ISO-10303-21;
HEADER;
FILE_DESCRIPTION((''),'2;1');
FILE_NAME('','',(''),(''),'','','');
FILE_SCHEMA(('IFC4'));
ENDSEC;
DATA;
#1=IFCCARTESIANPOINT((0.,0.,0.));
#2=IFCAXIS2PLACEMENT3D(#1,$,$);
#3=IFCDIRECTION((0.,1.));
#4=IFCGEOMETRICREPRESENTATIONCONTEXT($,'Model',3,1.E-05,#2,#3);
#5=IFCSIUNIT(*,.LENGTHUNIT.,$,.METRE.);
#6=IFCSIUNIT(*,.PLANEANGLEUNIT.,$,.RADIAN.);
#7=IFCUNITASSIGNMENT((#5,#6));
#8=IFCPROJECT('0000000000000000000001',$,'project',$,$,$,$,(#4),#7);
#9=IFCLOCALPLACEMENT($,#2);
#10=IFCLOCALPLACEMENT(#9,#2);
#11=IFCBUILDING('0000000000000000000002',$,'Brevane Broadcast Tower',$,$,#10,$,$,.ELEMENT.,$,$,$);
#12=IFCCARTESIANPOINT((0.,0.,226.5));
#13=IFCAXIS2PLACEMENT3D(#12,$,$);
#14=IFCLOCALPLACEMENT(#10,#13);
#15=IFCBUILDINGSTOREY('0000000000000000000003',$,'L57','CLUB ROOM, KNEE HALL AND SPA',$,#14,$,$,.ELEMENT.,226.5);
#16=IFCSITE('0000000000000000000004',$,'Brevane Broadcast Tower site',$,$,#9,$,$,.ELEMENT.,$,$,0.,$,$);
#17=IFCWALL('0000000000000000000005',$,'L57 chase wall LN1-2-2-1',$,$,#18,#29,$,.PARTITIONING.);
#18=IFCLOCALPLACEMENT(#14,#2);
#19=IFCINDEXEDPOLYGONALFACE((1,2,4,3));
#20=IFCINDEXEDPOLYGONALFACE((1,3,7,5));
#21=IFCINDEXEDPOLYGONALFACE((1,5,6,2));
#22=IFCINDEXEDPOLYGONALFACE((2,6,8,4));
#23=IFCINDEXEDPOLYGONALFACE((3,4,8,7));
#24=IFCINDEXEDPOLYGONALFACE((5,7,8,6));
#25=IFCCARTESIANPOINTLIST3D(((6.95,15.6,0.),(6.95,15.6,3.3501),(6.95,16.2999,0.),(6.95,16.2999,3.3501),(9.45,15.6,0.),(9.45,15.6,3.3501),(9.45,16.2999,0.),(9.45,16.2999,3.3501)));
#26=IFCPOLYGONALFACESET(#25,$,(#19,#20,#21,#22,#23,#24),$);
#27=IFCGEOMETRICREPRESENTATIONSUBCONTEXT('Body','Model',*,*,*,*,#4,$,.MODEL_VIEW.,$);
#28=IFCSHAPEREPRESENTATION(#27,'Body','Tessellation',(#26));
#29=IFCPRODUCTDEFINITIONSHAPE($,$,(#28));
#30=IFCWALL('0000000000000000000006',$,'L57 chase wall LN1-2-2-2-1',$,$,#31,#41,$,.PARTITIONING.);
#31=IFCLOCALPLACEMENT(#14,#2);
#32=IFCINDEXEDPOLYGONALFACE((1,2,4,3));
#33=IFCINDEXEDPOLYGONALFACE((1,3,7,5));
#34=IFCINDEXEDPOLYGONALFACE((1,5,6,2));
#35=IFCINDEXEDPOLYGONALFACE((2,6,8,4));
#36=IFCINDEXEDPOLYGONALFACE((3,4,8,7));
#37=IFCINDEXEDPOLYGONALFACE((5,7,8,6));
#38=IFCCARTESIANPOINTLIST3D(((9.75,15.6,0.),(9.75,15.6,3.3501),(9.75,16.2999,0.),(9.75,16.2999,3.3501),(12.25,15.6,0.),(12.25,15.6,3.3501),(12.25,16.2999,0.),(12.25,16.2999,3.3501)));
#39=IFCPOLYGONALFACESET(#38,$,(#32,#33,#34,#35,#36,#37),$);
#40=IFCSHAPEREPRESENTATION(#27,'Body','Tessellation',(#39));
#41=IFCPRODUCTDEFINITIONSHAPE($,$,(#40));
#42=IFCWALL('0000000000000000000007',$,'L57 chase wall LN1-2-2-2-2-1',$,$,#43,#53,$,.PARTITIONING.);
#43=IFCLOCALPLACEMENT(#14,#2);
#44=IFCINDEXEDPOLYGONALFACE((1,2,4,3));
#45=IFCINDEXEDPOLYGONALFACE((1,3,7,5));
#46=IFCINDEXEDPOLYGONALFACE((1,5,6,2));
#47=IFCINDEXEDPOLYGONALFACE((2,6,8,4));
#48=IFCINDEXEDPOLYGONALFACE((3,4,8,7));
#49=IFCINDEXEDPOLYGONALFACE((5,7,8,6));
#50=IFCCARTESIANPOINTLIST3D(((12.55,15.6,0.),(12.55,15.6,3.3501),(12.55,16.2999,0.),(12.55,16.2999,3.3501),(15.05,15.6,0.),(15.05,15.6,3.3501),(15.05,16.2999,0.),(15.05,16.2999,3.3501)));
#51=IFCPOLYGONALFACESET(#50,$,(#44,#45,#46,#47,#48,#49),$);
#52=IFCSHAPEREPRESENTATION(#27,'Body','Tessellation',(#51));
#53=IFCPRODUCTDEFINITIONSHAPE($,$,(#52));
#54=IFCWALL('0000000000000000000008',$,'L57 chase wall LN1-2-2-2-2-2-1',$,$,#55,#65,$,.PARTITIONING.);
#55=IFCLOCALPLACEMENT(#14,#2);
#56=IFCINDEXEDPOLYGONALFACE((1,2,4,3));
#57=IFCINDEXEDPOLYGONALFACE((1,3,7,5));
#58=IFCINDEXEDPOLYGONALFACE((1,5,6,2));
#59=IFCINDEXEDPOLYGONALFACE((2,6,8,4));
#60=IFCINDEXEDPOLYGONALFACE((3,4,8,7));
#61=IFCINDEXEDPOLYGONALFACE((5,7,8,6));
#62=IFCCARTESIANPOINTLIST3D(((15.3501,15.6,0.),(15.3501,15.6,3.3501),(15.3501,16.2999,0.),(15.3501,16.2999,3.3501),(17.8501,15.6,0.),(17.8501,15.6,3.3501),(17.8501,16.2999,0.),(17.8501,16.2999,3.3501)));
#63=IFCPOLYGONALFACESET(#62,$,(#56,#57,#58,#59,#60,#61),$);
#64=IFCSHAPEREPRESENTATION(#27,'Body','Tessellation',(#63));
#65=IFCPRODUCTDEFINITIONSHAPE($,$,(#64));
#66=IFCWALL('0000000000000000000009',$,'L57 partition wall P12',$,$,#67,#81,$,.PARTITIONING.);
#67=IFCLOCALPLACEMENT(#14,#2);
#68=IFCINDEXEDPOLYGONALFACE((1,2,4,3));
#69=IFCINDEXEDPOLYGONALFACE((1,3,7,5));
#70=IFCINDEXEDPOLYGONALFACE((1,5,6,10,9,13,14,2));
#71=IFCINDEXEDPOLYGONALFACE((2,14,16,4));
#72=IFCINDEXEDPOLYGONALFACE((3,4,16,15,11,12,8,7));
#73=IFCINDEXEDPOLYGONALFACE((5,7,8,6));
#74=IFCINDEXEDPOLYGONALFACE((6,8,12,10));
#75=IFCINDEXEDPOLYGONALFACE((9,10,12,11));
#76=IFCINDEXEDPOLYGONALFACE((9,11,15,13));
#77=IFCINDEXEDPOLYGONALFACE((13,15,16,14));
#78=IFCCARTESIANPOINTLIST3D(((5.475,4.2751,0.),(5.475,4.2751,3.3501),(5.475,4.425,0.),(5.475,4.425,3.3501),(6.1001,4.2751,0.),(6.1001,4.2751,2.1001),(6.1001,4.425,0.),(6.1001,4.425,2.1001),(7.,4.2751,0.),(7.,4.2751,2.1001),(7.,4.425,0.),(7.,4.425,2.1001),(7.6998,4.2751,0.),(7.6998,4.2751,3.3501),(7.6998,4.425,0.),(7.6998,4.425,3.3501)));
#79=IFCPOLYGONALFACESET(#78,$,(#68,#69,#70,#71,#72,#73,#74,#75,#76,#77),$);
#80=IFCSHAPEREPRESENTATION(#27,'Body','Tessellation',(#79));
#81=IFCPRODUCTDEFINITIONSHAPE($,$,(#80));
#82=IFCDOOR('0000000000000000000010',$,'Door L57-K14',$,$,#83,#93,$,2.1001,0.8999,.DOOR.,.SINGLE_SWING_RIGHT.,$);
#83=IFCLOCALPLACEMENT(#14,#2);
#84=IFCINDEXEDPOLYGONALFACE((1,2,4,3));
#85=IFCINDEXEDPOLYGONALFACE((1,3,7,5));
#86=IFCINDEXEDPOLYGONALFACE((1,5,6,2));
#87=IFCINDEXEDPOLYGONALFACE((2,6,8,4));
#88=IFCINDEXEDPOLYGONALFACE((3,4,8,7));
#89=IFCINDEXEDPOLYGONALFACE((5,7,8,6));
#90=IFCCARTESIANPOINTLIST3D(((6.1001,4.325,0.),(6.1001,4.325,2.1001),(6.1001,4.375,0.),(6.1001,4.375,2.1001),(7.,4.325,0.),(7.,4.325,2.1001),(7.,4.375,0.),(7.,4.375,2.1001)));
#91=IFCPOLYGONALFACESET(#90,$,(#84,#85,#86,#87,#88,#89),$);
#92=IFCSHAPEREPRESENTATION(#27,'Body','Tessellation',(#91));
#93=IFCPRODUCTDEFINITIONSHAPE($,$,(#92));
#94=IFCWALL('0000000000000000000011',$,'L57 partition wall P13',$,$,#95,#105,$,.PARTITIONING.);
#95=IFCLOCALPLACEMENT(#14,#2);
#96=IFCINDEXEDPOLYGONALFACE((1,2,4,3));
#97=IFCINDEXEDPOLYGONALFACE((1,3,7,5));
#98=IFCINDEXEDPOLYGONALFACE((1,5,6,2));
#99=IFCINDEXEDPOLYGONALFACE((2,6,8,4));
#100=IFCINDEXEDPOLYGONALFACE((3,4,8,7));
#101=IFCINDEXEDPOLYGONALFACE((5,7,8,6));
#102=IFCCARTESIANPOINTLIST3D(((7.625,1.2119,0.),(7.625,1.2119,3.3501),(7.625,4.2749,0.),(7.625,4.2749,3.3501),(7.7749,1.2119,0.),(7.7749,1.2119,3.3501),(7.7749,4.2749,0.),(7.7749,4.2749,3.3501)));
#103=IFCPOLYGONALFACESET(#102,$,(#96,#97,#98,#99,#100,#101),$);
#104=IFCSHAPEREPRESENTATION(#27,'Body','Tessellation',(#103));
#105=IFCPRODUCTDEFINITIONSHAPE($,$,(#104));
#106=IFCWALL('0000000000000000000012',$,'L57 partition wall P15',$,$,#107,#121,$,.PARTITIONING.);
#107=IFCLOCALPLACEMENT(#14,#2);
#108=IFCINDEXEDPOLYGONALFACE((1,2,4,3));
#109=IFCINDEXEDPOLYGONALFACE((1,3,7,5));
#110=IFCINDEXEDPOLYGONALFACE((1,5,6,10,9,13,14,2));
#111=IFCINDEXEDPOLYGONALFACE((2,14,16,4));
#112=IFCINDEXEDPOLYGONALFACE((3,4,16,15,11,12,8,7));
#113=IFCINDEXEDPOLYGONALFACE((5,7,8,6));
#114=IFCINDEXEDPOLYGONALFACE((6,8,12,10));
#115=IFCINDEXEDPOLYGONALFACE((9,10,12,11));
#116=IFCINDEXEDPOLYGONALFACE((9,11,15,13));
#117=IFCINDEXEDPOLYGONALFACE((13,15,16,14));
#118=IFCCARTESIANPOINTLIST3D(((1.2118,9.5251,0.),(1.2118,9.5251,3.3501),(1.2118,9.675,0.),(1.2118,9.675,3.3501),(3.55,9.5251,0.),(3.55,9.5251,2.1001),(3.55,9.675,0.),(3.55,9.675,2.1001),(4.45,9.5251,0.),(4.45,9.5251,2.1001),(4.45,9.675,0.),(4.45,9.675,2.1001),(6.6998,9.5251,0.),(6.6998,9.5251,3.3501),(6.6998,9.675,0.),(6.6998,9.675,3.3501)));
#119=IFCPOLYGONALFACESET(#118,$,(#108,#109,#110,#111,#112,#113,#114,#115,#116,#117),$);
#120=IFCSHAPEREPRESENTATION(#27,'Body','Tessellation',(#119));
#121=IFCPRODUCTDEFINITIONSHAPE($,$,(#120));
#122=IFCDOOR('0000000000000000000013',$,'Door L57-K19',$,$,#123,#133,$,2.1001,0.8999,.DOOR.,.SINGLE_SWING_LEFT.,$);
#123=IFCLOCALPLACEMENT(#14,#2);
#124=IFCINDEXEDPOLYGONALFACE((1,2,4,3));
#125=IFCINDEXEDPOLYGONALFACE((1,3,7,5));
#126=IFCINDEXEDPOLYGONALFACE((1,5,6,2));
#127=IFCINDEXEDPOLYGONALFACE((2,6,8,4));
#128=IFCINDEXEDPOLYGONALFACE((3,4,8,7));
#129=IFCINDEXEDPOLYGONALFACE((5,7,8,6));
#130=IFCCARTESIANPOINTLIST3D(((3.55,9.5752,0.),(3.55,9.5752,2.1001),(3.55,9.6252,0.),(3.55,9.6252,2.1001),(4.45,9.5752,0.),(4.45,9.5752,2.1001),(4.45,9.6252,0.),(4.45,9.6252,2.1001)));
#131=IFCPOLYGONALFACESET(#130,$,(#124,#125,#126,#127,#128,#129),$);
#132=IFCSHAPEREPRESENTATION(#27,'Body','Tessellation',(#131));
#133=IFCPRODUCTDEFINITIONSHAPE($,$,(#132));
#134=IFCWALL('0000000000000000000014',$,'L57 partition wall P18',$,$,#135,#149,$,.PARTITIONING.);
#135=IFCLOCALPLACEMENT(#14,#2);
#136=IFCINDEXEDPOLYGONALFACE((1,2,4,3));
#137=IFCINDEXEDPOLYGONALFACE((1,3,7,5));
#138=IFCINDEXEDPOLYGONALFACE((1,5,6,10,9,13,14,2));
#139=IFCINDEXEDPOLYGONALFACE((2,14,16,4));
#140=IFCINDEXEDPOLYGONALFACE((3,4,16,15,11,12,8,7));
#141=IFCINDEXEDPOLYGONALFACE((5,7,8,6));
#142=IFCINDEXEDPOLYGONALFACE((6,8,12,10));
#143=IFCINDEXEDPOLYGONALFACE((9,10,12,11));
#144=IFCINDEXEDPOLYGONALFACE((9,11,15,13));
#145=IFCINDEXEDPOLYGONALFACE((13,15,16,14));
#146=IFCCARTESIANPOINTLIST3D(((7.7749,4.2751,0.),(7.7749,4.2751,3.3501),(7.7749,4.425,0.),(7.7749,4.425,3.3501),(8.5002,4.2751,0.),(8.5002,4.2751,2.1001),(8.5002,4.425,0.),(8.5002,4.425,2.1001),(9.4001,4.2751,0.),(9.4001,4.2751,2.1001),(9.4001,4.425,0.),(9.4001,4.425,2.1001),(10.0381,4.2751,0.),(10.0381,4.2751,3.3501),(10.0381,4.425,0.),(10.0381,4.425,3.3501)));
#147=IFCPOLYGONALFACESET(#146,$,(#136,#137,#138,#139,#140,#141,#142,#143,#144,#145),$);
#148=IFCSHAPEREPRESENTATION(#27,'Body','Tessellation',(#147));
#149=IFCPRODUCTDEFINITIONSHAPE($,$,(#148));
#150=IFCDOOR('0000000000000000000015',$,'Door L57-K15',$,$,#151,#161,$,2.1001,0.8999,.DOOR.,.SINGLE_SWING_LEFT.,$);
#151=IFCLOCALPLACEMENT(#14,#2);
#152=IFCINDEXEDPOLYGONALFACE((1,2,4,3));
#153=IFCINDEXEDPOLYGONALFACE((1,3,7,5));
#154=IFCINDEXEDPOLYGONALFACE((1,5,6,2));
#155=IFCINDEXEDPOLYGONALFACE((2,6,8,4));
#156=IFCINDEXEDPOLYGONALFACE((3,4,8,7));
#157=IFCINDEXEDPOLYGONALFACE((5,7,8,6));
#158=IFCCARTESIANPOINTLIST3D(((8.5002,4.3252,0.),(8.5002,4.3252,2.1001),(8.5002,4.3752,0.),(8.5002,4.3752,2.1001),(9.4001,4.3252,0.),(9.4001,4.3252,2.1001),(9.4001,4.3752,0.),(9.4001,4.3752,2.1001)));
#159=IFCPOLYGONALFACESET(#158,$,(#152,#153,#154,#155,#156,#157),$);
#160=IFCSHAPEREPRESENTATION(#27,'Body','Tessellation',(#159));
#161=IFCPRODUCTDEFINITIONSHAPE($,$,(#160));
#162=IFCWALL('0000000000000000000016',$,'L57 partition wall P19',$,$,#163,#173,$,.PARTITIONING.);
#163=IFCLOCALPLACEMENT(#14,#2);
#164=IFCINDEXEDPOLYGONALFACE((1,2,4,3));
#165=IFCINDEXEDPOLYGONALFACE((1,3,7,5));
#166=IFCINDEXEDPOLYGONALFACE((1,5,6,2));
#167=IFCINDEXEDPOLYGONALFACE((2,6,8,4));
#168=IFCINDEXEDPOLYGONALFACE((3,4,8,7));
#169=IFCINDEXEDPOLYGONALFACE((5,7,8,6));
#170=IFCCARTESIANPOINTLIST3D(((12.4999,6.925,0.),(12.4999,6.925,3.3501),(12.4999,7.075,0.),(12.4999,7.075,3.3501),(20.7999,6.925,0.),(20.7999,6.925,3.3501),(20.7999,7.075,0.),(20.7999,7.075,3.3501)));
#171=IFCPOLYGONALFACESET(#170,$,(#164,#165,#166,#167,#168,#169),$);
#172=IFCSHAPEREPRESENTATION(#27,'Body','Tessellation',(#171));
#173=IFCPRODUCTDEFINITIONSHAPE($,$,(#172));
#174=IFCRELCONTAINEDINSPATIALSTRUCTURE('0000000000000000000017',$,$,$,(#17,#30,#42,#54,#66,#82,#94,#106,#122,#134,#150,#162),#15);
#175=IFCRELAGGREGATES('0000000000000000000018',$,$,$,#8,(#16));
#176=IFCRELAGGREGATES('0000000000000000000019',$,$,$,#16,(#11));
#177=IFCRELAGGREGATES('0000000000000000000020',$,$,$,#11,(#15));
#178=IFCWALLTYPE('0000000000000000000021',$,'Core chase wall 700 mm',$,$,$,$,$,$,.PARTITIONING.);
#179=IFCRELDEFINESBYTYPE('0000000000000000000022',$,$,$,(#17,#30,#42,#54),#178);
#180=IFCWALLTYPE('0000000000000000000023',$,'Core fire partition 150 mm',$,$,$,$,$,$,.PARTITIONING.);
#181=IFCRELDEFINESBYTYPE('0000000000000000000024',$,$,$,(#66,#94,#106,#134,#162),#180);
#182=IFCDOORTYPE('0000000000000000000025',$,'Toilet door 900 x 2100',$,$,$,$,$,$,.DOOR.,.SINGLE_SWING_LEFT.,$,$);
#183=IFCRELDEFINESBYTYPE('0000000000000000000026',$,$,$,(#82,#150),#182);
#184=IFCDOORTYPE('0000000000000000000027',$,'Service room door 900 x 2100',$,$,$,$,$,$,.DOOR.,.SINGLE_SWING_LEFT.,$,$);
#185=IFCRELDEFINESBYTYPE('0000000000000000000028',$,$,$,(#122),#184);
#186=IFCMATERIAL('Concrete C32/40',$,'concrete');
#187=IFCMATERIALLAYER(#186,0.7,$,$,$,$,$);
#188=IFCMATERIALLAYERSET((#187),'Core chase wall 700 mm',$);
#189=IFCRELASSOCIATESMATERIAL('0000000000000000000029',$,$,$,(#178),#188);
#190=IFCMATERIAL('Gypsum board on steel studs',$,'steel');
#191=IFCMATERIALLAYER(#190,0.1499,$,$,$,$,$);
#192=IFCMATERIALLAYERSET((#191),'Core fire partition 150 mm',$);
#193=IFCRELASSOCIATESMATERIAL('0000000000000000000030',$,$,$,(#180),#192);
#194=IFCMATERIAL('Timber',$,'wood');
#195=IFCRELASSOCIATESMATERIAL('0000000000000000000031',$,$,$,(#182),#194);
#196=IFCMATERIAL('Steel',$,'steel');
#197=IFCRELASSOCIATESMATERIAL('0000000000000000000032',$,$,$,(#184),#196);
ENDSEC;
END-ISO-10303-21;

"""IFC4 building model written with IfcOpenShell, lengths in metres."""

from ifc_helpers import new_model, si_unit, direction, frame, frame_2d, origin, place, context, subcontext, project, spatial, rectangle, extrude, material, layer, layer_set, type_object, element, fill, save


model = new_model("IFC4")

# Units and contexts
model_context = context("Model", 3, precision=1e-05, world=origin(), true_north=direction((0.0, 1.0)))
body_context = subcontext(model_context, "Body", "Model", "MODEL_VIEW")
ifc_project = project(units=[si_unit("LENGTHUNIT", "METRE"), si_unit("PLANEANGLEUNIT", "RADIAN")], contexts=[model_context])

# Site, building, storey
site_placement = place(None, origin())
site = spatial("IfcSite", under=ifc_project, at=site_placement, Name="Brevane Broadcast Tower site", CompositionType="ELEMENT", RefElevation=0.0)
building_placement = place(site_placement, origin())
building = spatial("IfcBuilding", under=site, at=building_placement, Name="Brevane Broadcast Tower", CompositionType="ELEMENT")
storey_placement = place(building_placement, frame((0.0, 0.0, 226.5)))
storey = spatial("IfcBuildingStorey", under=building, at=storey_placement, Name="L57", Description="CLUB ROOM, KNEE HALL AND SPA", CompositionType="ELEMENT", Elevation=226.5)

# Walls
ifc_material_1 = material(Name="Concrete C32/40", Category="concrete")
ifc_layer_1 = layer(ifc_material_1, 0.7)
ifc_layer_set_1 = layer_set([ifc_layer_1], Name="Core chase wall 700 mm")
wall_type_1 = type_object("IfcWallType", Name="Core chase wall 700 mm", PredefinedType="PARTITIONING", material=ifc_layer_set_1)
for number, where, z_axis, x_axis, name in (
    (1, (6.95, 15.95, 0.0), (0.0, 0.0, 1.0), (1.0, 0.0, 0.0), "L57 chase wall LN1-2-2-1"),
    (2, (9.75, 15.95, 0.0), (0.0, 0.0, 1.0), (1.0, 0.0, 0.0), "L57 chase wall LN1-2-2-2-1"),
    (3, (12.55, 15.95, 0.0), (0.0, 0.0, 1.0), (1.0, 0.0, 0.0), "L57 chase wall LN1-2-2-2-2-1"),
    (4, (15.3501, 15.95, 0.0), (0.0, 0.0, 1.0), (1.0, 0.0, 0.0), "L57 chase wall LN1-2-2-2-2-2-1"),
):
    element("IfcWall", number, at=place(storey_placement, frame(where, z_axis=z_axis, x_axis=x_axis)), inside=storey, type_object=wall_type_1, Name=name, PredefinedType="PARTITIONING", context=body_context, shape_type="SweptSolid", body=[
        extrude(rectangle(XDim=2.5, YDim=0.7, at=frame_2d((1.25, 0.0))), origin(), (0.0, 0.0, 1.0), 3.3501),
    ])

# Wall, opening, door
ifc_material_2 = material(Name="Gypsum board on steel studs", Category="steel")
ifc_layer_2 = layer(ifc_material_2, 0.1499)
ifc_layer_set_2 = layer_set([ifc_layer_2], Name="Core fire partition 150 mm")
wall_type_2 = type_object("IfcWallType", Name="Core fire partition 150 mm", PredefinedType="PARTITIONING", material=ifc_layer_set_2)
wall_1_placement = place(storey_placement, frame((5.4751, 4.3501, 0.0), z_axis=(0.0, 0.0, 1.0), x_axis=(1.0, 0.0, 0.0)))
wall_1 = element("IfcWall", 5, at=wall_1_placement, inside=storey, type_object=wall_type_2, Name="L57 partition wall P12", PredefinedType="PARTITIONING", context=body_context, shape_type="SweptSolid", body=[
    extrude(rectangle(XDim=2.2249, YDim=0.1499, at=frame_2d((1.1123, 0.0))), origin(), (0.0, 0.0, 1.0), 3.3501),
])
opening_1_placement = place(wall_1_placement, frame((0.625, 0.0, 0.0)))
opening_1 = element("IfcOpeningElement", 6, at=opening_1_placement, cuts=wall_1, PredefinedType="OPENING", context=body_context, shape_type="SweptSolid", body=[
    extrude(rectangle(XDim=0.8999, YDim=2.1001, at=frame_2d((0.45, 1.05))), frame((0.0, 0.085, 0.0), z_axis=(0.0, -1.0, 0.0), x_axis=(1.0, 0.0, 0.0)), (0.0, 0.0, 1.0), 0.1699),
])
ifc_material_3 = material(Name="Timber", Category="wood")
door_type_1 = type_object("IfcDoorType", Name="Toilet door 900 x 2100", OperationType="SINGLE_SWING_LEFT", PredefinedType="DOOR", material=ifc_material_3)
door_1_placement = place(opening_1_placement, origin())
door_1 = element("IfcDoor", 7, at=door_1_placement, inside=storey, type_object=door_type_1, Name="Door L57-K14", OperationType="SINGLE_SWING_RIGHT", OverallHeight=2.1001, OverallWidth=0.8999, PredefinedType="DOOR", context=body_context, shape_type="SweptSolid", body=[
    extrude(rectangle(XDim=0.8999, YDim=2.1001, at=frame_2d((0.45, 1.05))), frame((0.0, 0.0249, 0.0), z_axis=(0.0, -1.0, 0.0), x_axis=(1.0, 0.0, 0.0)), (0.0, 0.0, 1.0), 0.05),
])
fill(opening_1, door_1)

# Wall
wall_2_placement = place(storey_placement, frame((7.7, 4.2749, 0.0), z_axis=(0.0, 0.0, 1.0), x_axis=(0.0, -1.0, 0.0)))
element("IfcWall", 8, at=wall_2_placement, inside=storey, type_object=wall_type_2, Name="L57 partition wall P13", PredefinedType="PARTITIONING", context=body_context, shape_type="SweptSolid", body=[
    extrude(rectangle(XDim=3.063, YDim=0.1499, at=frame_2d((1.5315, 0.0))), origin(), (0.0, 0.0, 1.0), 3.3501),
])

# Walls, openings, doors
wall_3_placement = place(storey_placement, frame((6.7, 9.6001, 0.0), z_axis=(0.0, 0.0, 1.0), x_axis=(-1.0, 0.0, 0.0)))
wall_3 = element("IfcWall", 9, at=wall_3_placement, inside=storey, type_object=wall_type_2, Name="L57 partition wall P15", PredefinedType="PARTITIONING", context=body_context, shape_type="SweptSolid", body=[
    extrude(rectangle(XDim=5.488, YDim=0.1499, at=frame_2d((2.7441, 0.0))), origin(), (0.0, 0.0, 1.0), 3.3501),
])
opening_2_placement = place(wall_3_placement, frame((2.25, 0.0, 0.0)))
opening_2 = element("IfcOpeningElement", 10, at=opening_2_placement, cuts=wall_3, PredefinedType="OPENING", context=body_context, shape_type="SweptSolid", body=[
    extrude(rectangle(XDim=0.8999, YDim=2.1001, at=frame_2d((0.45, 1.05))), frame((0.0, 0.085, 0.0), z_axis=(0.0, -1.0, 0.0), x_axis=(1.0, 0.0, 0.0)), (0.0, 0.0, 1.0), 0.1699),
])
ifc_material_4 = material(Name="Steel", Category="steel")
door_type_2 = type_object("IfcDoorType", Name="Service room door 900 x 2100", OperationType="SINGLE_SWING_LEFT", PredefinedType="DOOR", material=ifc_material_4)
door_2_placement = place(opening_2_placement, origin())
door_2 = element("IfcDoor", 11, at=door_2_placement, inside=storey, type_object=door_type_2, Name="Door L57-K19", OperationType="SINGLE_SWING_LEFT", OverallHeight=2.1001, OverallWidth=0.8999, PredefinedType="DOOR", context=body_context, shape_type="SweptSolid", body=[
    extrude(rectangle(XDim=0.8999, YDim=2.1001, at=frame_2d((0.45, 1.05))), frame((0.0, 0.0249, 0.0), z_axis=(0.0, -1.0, 0.0), x_axis=(1.0, 0.0, 0.0)), (0.0, 0.0, 1.0), 0.05),
])
fill(opening_2, door_2)
wall_4_placement = place(storey_placement, frame((10.0381, 4.3501, 0.0), z_axis=(0.0, 0.0, 1.0), x_axis=(-1.0, 0.0, 0.0)))
wall_4 = element("IfcWall", 12, at=wall_4_placement, inside=storey, type_object=wall_type_2, Name="L57 partition wall P18", PredefinedType="PARTITIONING", context=body_context, shape_type="SweptSolid", body=[
    extrude(rectangle(XDim=2.2632, YDim=0.1499, at=frame_2d((1.1316, 0.0))), origin(), (0.0, 0.0, 1.0), 3.3501),
])
opening_3_placement = place(wall_4_placement, frame((0.6379, 0.0, 0.0)))
opening_3 = element("IfcOpeningElement", 13, at=opening_3_placement, cuts=wall_4, PredefinedType="OPENING", context=body_context, shape_type="SweptSolid", body=[
    extrude(rectangle(XDim=0.8999, YDim=2.1001, at=frame_2d((0.45, 1.05))), frame((0.0, 0.085, 0.0), z_axis=(0.0, -1.0, 0.0), x_axis=(1.0, 0.0, 0.0)), (0.0, 0.0, 1.0), 0.1699),
])
door_3_placement = place(opening_3_placement, origin())
door_3 = element("IfcDoor", 14, at=door_3_placement, inside=storey, type_object=door_type_1, Name="Door L57-K15", OperationType="SINGLE_SWING_LEFT", OverallHeight=2.1001, OverallWidth=0.8999, PredefinedType="DOOR", context=body_context, shape_type="SweptSolid", body=[
    extrude(rectangle(XDim=0.8999, YDim=2.1001, at=frame_2d((0.45, 1.05))), frame((0.0, 0.0249, 0.0), z_axis=(0.0, -1.0, 0.0), x_axis=(1.0, 0.0, 0.0)), (0.0, 0.0, 1.0), 0.05),
])
fill(opening_3, door_3)

# Wall
wall_5_placement = place(storey_placement, frame((12.5, 7.0, 0.0), z_axis=(0.0, 0.0, 1.0), x_axis=(1.0, 0.0, 0.0)))
element("IfcWall", 15, at=wall_5_placement, inside=storey, type_object=wall_type_2, Name="L57 partition wall P19", PredefinedType="PARTITIONING", context=body_context, shape_type="SweptSolid", body=[
    extrude(rectangle(XDim=8.3, YDim=0.1499, at=frame_2d((4.1499, 0.0))), origin(), (0.0, 0.0, 1.0), 3.3501),
])

save(model, "model.ifc")
